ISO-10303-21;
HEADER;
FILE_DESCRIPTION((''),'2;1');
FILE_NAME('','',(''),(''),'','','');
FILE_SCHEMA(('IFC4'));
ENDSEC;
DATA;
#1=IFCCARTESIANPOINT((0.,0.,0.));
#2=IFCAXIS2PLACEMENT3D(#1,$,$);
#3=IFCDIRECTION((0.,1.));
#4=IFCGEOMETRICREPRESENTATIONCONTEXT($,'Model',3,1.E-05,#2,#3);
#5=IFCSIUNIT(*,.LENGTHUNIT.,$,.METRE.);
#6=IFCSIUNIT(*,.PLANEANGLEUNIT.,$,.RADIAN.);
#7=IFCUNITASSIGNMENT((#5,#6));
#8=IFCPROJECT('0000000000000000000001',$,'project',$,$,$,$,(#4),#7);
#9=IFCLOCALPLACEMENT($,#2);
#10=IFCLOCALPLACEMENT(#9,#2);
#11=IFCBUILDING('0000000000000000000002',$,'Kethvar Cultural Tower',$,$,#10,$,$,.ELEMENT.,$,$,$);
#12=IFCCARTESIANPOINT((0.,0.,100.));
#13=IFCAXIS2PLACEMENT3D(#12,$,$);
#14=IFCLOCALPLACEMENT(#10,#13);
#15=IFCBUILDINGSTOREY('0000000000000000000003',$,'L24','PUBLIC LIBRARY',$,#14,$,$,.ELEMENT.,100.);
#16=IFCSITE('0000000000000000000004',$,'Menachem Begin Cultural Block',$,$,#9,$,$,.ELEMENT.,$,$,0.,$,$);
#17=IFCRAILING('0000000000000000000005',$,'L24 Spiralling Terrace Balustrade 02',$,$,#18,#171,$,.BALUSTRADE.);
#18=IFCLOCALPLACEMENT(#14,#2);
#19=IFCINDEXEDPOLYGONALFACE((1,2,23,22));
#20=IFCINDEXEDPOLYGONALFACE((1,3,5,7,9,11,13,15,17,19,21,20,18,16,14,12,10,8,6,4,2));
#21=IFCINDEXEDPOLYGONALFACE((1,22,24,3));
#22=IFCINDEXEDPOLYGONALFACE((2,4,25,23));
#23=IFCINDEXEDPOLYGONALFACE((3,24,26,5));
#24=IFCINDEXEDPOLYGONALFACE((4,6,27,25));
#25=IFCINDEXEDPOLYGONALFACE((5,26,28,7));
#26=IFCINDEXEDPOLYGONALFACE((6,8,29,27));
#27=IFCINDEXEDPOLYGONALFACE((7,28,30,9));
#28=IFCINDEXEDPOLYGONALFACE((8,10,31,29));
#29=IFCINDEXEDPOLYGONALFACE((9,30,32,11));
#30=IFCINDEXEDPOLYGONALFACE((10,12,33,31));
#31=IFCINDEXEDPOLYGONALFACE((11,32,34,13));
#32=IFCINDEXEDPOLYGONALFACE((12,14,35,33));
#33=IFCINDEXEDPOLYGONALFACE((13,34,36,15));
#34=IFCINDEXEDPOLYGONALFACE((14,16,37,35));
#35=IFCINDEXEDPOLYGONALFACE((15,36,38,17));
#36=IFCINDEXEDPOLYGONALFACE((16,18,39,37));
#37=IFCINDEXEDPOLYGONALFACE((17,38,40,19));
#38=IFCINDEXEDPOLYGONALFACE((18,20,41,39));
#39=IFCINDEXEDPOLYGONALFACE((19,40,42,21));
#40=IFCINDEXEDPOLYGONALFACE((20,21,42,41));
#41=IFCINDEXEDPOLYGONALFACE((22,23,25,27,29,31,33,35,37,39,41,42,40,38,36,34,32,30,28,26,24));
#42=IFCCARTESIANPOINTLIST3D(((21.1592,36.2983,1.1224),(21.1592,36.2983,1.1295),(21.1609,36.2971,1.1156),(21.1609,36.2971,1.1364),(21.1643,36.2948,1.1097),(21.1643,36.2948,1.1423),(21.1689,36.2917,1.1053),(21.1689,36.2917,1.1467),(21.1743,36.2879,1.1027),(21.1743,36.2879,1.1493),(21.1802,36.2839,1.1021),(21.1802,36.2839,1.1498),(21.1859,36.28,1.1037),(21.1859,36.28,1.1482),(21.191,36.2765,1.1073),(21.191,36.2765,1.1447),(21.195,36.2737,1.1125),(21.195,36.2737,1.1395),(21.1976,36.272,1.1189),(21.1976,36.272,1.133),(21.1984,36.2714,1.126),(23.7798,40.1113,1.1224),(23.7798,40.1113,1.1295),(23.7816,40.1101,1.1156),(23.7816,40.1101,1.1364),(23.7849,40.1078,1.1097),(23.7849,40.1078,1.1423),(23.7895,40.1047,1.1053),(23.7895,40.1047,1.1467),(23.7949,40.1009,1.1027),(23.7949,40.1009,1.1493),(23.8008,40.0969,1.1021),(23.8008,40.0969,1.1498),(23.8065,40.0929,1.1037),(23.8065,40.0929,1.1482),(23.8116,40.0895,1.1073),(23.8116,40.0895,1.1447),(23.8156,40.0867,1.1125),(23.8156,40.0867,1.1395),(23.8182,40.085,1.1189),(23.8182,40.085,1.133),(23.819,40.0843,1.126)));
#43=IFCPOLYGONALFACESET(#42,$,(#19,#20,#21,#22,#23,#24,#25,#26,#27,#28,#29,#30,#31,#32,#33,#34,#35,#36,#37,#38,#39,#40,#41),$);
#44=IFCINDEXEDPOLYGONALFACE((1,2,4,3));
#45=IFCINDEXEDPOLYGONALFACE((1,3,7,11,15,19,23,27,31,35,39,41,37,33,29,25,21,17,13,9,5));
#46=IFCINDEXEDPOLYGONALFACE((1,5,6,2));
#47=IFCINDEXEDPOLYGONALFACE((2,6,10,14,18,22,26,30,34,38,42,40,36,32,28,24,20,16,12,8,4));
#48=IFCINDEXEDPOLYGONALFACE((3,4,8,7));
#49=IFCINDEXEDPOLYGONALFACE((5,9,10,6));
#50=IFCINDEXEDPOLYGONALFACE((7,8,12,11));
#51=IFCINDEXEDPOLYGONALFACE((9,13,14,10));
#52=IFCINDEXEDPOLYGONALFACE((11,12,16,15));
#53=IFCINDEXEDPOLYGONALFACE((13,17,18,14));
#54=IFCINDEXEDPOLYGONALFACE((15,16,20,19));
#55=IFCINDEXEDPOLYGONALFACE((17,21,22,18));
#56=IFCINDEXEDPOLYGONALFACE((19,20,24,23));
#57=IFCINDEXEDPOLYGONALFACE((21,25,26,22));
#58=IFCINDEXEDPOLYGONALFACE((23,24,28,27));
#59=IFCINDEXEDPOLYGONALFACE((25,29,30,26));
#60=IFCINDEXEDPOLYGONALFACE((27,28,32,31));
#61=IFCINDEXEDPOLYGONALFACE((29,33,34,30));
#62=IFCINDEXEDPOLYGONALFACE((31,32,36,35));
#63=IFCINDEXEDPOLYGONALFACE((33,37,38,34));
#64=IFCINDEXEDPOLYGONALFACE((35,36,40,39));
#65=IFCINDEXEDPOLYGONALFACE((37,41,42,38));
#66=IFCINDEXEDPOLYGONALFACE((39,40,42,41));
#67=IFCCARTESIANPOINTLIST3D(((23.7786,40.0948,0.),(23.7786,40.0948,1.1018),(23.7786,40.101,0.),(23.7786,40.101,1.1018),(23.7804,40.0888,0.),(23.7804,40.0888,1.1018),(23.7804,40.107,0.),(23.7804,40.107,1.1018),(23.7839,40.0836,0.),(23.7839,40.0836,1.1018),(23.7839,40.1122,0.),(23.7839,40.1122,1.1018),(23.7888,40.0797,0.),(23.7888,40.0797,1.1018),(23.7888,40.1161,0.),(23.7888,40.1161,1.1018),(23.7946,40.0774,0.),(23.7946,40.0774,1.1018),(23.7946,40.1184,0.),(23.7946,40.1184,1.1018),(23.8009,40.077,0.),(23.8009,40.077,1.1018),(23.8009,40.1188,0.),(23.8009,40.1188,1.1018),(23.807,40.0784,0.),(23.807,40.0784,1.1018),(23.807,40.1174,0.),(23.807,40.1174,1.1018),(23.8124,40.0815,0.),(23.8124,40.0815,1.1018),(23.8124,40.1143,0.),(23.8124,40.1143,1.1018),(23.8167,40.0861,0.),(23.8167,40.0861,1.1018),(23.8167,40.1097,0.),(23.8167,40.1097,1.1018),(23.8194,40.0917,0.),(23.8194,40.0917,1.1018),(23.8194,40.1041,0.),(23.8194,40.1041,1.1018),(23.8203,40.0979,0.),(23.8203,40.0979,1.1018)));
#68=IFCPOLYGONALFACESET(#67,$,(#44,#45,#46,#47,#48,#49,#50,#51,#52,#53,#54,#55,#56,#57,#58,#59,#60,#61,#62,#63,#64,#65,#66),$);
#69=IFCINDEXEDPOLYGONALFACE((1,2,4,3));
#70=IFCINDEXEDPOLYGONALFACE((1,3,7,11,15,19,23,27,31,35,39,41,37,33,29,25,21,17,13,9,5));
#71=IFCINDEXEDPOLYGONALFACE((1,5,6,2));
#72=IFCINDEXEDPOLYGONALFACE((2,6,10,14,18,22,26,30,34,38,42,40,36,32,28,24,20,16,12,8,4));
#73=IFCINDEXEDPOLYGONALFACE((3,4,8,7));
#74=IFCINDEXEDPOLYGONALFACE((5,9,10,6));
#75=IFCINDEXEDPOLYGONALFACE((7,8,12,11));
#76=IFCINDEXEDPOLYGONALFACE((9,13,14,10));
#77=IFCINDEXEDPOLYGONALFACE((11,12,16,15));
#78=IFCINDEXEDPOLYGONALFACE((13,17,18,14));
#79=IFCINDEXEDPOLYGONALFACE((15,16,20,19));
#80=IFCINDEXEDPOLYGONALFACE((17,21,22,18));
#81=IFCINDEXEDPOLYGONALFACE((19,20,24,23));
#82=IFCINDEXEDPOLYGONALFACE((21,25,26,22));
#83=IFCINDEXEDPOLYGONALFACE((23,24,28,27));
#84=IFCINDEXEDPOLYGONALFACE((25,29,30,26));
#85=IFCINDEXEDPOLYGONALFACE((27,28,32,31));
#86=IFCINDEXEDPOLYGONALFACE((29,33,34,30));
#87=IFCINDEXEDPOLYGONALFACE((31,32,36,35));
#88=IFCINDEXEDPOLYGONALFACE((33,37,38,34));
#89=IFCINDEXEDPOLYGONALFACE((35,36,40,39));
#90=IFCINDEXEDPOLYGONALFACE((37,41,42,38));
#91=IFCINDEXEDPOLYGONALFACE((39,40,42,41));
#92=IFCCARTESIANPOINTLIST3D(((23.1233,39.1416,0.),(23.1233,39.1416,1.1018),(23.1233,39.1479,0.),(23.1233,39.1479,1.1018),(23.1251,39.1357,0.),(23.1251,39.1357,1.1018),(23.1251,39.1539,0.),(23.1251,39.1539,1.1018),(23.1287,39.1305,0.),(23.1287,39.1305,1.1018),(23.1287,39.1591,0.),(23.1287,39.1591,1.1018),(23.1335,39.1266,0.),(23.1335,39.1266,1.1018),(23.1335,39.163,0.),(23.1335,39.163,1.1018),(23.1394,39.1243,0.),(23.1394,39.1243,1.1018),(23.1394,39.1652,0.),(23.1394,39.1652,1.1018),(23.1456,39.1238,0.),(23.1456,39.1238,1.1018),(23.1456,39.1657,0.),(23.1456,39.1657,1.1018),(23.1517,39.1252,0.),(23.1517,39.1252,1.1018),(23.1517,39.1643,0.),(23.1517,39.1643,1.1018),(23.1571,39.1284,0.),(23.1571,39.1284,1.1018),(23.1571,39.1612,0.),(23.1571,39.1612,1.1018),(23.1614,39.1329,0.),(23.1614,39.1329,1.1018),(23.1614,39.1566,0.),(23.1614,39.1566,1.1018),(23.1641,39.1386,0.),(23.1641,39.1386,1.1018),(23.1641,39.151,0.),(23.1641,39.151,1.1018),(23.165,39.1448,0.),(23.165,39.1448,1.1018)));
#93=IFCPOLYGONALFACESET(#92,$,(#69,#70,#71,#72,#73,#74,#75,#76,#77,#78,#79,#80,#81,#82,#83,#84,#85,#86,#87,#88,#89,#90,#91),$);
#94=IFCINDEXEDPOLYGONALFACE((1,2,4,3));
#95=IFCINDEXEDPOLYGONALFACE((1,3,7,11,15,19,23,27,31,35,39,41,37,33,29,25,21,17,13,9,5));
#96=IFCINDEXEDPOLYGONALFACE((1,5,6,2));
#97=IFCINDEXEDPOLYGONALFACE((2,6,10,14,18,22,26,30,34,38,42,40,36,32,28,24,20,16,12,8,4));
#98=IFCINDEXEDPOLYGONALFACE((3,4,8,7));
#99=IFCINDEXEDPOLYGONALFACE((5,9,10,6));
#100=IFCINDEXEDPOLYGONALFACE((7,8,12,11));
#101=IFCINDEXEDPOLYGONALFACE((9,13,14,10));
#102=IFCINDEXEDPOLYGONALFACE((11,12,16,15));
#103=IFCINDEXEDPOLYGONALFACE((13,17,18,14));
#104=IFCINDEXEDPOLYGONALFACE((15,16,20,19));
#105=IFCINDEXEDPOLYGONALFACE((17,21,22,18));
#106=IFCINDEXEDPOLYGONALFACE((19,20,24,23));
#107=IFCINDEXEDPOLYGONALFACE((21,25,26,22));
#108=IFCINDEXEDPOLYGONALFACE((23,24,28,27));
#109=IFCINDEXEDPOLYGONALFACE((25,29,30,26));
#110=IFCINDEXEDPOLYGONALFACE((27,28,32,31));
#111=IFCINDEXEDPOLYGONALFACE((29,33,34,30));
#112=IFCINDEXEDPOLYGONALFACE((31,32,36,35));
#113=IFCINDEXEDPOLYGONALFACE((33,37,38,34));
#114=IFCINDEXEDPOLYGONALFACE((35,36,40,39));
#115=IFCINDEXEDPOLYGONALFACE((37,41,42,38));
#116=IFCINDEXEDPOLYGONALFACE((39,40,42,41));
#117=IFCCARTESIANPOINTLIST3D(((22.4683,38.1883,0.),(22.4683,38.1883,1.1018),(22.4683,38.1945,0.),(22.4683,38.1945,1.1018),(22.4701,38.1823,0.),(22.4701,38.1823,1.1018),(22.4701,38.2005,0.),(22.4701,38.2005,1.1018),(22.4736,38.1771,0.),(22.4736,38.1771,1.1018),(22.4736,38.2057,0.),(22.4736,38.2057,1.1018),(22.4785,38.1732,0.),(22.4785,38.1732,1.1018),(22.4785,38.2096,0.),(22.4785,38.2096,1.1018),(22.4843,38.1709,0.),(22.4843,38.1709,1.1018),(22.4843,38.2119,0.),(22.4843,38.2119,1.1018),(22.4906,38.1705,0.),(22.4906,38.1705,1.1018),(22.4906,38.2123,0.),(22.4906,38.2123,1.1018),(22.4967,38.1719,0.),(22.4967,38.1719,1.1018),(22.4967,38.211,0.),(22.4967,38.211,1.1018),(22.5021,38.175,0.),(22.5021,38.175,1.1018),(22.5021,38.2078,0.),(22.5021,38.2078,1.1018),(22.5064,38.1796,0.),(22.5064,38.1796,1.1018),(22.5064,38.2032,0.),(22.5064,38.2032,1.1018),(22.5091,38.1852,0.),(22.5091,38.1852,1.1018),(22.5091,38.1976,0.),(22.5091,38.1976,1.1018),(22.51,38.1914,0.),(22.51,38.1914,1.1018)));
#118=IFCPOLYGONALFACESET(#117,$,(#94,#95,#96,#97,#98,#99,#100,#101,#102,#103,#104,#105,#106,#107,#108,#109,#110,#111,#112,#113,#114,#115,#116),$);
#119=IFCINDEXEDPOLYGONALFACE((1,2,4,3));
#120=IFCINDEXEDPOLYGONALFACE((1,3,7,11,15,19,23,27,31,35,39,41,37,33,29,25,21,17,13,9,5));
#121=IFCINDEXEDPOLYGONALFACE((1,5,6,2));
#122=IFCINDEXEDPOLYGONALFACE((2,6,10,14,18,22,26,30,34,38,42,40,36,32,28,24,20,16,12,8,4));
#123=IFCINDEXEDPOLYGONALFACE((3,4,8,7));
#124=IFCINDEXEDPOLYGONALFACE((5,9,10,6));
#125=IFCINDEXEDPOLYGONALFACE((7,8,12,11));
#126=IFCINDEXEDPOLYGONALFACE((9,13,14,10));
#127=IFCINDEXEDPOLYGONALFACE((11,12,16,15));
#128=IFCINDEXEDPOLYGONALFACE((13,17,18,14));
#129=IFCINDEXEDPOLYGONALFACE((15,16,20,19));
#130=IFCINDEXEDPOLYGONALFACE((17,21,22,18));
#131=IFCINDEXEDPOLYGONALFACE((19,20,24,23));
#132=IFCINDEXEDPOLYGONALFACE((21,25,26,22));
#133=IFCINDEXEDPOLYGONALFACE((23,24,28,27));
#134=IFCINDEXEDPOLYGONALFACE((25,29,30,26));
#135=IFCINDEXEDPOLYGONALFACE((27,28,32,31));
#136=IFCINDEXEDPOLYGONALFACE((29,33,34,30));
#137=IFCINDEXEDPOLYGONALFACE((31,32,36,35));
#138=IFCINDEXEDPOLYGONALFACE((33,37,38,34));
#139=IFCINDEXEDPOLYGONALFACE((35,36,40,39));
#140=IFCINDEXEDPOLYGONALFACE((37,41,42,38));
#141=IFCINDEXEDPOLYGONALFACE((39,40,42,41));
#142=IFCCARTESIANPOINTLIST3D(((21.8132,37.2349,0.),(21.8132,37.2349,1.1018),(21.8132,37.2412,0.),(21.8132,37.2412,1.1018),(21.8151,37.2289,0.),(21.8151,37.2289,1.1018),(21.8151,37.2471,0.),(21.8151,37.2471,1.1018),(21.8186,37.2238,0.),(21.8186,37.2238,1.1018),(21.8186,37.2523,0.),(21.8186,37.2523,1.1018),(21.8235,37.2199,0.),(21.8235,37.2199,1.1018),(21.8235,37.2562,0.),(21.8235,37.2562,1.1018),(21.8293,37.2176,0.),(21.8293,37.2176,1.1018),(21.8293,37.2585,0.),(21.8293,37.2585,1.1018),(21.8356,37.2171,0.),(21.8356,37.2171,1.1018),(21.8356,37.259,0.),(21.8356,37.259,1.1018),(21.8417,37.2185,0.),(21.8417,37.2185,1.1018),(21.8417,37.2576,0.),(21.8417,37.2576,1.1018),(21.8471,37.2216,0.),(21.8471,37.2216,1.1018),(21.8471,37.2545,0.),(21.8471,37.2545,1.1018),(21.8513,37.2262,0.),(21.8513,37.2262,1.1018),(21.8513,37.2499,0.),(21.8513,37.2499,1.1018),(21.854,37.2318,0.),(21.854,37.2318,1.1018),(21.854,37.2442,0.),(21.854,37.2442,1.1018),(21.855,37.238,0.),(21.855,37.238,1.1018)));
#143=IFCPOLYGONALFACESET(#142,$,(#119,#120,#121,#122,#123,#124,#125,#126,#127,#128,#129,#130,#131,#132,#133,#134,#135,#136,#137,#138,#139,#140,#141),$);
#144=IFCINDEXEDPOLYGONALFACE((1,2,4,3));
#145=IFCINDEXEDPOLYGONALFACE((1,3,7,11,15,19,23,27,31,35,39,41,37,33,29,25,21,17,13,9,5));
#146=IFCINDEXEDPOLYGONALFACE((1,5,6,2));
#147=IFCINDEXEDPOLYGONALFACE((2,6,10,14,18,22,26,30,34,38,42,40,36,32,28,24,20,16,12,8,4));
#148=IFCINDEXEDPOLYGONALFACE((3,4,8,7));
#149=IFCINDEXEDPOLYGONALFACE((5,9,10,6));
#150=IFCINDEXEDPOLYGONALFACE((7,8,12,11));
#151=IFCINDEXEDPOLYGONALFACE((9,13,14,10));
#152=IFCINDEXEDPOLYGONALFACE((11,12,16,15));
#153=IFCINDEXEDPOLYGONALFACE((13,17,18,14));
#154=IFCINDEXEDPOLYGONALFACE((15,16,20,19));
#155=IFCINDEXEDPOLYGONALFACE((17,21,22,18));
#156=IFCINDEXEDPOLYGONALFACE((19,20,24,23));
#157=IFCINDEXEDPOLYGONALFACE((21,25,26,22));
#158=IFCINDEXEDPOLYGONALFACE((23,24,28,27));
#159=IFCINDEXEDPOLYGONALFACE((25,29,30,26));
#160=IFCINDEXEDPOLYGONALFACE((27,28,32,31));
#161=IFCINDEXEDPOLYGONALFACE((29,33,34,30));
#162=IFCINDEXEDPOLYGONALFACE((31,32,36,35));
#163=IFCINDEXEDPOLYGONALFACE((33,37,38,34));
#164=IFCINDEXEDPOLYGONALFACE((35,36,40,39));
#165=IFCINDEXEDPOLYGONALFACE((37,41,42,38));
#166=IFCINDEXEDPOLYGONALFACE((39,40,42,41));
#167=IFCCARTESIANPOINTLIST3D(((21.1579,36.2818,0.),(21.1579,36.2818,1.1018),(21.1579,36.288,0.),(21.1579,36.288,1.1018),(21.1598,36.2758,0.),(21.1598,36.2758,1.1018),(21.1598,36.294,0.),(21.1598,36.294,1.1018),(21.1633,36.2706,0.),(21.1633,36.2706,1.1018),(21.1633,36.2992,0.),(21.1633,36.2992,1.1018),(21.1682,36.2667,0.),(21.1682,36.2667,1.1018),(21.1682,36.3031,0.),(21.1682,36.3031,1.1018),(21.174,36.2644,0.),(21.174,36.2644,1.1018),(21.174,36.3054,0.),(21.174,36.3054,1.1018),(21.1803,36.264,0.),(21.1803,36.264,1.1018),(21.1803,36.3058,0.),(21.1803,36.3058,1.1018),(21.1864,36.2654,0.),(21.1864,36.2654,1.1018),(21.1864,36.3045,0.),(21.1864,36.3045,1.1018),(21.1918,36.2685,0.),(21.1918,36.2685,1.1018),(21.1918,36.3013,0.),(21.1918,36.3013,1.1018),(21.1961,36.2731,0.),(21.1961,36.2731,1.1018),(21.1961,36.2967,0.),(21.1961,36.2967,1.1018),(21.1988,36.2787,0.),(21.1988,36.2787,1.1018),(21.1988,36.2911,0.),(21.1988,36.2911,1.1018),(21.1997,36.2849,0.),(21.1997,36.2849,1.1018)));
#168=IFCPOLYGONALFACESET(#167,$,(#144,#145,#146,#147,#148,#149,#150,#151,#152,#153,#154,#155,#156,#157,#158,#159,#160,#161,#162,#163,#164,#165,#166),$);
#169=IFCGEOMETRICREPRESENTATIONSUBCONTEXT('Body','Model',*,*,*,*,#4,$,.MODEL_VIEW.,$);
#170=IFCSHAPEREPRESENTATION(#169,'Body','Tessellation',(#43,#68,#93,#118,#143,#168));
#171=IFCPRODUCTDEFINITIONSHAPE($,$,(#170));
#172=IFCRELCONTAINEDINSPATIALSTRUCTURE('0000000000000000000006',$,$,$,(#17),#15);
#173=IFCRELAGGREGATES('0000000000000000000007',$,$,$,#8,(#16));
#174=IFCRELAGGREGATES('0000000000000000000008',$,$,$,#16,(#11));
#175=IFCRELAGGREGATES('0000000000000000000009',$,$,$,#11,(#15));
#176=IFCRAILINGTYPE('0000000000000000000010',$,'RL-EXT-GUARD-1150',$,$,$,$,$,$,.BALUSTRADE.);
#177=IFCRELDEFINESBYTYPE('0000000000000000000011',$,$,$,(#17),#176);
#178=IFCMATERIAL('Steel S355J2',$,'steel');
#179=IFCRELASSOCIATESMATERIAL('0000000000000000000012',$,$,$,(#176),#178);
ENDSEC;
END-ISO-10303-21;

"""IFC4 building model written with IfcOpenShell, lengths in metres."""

from ifc_helpers import new_model, si_unit, direction, frame, origin, origin_2d, place, context, subcontext, project, spatial, circle, extrude, material, type_object, element, save


model = new_model("IFC4")

# Units and contexts
model_context = context("Model", 3, precision=1e-05, world=origin(), true_north=direction((0.0, 1.0)))
body_context = subcontext(model_context, "Body", "Model", "MODEL_VIEW")
ifc_project = project(units=[si_unit("LENGTHUNIT", "METRE"), si_unit("PLANEANGLEUNIT", "RADIAN")], contexts=[model_context])

# Site, building, storey
site_placement = place(None, origin())
site = spatial("IfcSite", under=ifc_project, at=site_placement, Name="Menachem Begin Cultural Block", CompositionType="ELEMENT", RefElevation=0.0)
building_placement = place(site_placement, origin())
building = spatial("IfcBuilding", under=site, at=building_placement, Name="Kethvar Cultural Tower", CompositionType="ELEMENT")
storey_placement = place(building_placement, frame((0.0, 0.0, 100.0)))
storey = spatial("IfcBuildingStorey", under=building, at=storey_placement, Name="L24", Description="PUBLIC LIBRARY", CompositionType="ELEMENT", Elevation=100.0)

# Shared definitions
ifc_material_1 = material(Name="Steel S355J2", Category="steel")

# Railing
railing_type = type_object("IfcRailingType", Name="RL-EXT-GUARD-1150", PredefinedType="BALUSTRADE", material=ifc_material_1)
railing_1_placement = place(storey_placement, frame((23.7993, 40.0979, 0.0)))
element("IfcRailing", 1, at=railing_1_placement, inside=storey, type_object=railing_type, Name="L24 Spiralling Terrace Balustrade 02", PredefinedType="BALUSTRADE", context=body_context, shape_type="SweptSolid", body=[
    extrude(circle(Radius=0.0239, at=origin_2d()), frame((0.0, 0.0, 1.126), z_axis=(-0.566408, -0.824125, 0.0), x_axis=(0.824125, -0.566408, 0.0)), (0.0, 0.0, 1.0), 4.6267),
    extrude(circle(Radius=0.021, at=origin_2d()), origin(), (0.0, 0.0, 1.0), 1.1018),
    extrude(circle(Radius=0.021, at=origin_2d()), frame((-0.6553, -0.9531, 0.0)), (0.0, 0.0, 1.0), 1.1018),
    extrude(circle(Radius=0.021, at=origin_2d()), frame((-1.3103, -1.9065, 0.0)), (0.0, 0.0, 1.0), 1.1018),
    extrude(circle(Radius=0.021, at=origin_2d()), frame((-1.9653, -2.8599, 0.0)), (0.0, 0.0, 1.0), 1.1018),
    extrude(circle(Radius=0.021, at=origin_2d()), frame((-2.6206, -3.813, 0.0)), (0.0, 0.0, 1.0), 1.1018),
])

save(model, "model.ifc")
